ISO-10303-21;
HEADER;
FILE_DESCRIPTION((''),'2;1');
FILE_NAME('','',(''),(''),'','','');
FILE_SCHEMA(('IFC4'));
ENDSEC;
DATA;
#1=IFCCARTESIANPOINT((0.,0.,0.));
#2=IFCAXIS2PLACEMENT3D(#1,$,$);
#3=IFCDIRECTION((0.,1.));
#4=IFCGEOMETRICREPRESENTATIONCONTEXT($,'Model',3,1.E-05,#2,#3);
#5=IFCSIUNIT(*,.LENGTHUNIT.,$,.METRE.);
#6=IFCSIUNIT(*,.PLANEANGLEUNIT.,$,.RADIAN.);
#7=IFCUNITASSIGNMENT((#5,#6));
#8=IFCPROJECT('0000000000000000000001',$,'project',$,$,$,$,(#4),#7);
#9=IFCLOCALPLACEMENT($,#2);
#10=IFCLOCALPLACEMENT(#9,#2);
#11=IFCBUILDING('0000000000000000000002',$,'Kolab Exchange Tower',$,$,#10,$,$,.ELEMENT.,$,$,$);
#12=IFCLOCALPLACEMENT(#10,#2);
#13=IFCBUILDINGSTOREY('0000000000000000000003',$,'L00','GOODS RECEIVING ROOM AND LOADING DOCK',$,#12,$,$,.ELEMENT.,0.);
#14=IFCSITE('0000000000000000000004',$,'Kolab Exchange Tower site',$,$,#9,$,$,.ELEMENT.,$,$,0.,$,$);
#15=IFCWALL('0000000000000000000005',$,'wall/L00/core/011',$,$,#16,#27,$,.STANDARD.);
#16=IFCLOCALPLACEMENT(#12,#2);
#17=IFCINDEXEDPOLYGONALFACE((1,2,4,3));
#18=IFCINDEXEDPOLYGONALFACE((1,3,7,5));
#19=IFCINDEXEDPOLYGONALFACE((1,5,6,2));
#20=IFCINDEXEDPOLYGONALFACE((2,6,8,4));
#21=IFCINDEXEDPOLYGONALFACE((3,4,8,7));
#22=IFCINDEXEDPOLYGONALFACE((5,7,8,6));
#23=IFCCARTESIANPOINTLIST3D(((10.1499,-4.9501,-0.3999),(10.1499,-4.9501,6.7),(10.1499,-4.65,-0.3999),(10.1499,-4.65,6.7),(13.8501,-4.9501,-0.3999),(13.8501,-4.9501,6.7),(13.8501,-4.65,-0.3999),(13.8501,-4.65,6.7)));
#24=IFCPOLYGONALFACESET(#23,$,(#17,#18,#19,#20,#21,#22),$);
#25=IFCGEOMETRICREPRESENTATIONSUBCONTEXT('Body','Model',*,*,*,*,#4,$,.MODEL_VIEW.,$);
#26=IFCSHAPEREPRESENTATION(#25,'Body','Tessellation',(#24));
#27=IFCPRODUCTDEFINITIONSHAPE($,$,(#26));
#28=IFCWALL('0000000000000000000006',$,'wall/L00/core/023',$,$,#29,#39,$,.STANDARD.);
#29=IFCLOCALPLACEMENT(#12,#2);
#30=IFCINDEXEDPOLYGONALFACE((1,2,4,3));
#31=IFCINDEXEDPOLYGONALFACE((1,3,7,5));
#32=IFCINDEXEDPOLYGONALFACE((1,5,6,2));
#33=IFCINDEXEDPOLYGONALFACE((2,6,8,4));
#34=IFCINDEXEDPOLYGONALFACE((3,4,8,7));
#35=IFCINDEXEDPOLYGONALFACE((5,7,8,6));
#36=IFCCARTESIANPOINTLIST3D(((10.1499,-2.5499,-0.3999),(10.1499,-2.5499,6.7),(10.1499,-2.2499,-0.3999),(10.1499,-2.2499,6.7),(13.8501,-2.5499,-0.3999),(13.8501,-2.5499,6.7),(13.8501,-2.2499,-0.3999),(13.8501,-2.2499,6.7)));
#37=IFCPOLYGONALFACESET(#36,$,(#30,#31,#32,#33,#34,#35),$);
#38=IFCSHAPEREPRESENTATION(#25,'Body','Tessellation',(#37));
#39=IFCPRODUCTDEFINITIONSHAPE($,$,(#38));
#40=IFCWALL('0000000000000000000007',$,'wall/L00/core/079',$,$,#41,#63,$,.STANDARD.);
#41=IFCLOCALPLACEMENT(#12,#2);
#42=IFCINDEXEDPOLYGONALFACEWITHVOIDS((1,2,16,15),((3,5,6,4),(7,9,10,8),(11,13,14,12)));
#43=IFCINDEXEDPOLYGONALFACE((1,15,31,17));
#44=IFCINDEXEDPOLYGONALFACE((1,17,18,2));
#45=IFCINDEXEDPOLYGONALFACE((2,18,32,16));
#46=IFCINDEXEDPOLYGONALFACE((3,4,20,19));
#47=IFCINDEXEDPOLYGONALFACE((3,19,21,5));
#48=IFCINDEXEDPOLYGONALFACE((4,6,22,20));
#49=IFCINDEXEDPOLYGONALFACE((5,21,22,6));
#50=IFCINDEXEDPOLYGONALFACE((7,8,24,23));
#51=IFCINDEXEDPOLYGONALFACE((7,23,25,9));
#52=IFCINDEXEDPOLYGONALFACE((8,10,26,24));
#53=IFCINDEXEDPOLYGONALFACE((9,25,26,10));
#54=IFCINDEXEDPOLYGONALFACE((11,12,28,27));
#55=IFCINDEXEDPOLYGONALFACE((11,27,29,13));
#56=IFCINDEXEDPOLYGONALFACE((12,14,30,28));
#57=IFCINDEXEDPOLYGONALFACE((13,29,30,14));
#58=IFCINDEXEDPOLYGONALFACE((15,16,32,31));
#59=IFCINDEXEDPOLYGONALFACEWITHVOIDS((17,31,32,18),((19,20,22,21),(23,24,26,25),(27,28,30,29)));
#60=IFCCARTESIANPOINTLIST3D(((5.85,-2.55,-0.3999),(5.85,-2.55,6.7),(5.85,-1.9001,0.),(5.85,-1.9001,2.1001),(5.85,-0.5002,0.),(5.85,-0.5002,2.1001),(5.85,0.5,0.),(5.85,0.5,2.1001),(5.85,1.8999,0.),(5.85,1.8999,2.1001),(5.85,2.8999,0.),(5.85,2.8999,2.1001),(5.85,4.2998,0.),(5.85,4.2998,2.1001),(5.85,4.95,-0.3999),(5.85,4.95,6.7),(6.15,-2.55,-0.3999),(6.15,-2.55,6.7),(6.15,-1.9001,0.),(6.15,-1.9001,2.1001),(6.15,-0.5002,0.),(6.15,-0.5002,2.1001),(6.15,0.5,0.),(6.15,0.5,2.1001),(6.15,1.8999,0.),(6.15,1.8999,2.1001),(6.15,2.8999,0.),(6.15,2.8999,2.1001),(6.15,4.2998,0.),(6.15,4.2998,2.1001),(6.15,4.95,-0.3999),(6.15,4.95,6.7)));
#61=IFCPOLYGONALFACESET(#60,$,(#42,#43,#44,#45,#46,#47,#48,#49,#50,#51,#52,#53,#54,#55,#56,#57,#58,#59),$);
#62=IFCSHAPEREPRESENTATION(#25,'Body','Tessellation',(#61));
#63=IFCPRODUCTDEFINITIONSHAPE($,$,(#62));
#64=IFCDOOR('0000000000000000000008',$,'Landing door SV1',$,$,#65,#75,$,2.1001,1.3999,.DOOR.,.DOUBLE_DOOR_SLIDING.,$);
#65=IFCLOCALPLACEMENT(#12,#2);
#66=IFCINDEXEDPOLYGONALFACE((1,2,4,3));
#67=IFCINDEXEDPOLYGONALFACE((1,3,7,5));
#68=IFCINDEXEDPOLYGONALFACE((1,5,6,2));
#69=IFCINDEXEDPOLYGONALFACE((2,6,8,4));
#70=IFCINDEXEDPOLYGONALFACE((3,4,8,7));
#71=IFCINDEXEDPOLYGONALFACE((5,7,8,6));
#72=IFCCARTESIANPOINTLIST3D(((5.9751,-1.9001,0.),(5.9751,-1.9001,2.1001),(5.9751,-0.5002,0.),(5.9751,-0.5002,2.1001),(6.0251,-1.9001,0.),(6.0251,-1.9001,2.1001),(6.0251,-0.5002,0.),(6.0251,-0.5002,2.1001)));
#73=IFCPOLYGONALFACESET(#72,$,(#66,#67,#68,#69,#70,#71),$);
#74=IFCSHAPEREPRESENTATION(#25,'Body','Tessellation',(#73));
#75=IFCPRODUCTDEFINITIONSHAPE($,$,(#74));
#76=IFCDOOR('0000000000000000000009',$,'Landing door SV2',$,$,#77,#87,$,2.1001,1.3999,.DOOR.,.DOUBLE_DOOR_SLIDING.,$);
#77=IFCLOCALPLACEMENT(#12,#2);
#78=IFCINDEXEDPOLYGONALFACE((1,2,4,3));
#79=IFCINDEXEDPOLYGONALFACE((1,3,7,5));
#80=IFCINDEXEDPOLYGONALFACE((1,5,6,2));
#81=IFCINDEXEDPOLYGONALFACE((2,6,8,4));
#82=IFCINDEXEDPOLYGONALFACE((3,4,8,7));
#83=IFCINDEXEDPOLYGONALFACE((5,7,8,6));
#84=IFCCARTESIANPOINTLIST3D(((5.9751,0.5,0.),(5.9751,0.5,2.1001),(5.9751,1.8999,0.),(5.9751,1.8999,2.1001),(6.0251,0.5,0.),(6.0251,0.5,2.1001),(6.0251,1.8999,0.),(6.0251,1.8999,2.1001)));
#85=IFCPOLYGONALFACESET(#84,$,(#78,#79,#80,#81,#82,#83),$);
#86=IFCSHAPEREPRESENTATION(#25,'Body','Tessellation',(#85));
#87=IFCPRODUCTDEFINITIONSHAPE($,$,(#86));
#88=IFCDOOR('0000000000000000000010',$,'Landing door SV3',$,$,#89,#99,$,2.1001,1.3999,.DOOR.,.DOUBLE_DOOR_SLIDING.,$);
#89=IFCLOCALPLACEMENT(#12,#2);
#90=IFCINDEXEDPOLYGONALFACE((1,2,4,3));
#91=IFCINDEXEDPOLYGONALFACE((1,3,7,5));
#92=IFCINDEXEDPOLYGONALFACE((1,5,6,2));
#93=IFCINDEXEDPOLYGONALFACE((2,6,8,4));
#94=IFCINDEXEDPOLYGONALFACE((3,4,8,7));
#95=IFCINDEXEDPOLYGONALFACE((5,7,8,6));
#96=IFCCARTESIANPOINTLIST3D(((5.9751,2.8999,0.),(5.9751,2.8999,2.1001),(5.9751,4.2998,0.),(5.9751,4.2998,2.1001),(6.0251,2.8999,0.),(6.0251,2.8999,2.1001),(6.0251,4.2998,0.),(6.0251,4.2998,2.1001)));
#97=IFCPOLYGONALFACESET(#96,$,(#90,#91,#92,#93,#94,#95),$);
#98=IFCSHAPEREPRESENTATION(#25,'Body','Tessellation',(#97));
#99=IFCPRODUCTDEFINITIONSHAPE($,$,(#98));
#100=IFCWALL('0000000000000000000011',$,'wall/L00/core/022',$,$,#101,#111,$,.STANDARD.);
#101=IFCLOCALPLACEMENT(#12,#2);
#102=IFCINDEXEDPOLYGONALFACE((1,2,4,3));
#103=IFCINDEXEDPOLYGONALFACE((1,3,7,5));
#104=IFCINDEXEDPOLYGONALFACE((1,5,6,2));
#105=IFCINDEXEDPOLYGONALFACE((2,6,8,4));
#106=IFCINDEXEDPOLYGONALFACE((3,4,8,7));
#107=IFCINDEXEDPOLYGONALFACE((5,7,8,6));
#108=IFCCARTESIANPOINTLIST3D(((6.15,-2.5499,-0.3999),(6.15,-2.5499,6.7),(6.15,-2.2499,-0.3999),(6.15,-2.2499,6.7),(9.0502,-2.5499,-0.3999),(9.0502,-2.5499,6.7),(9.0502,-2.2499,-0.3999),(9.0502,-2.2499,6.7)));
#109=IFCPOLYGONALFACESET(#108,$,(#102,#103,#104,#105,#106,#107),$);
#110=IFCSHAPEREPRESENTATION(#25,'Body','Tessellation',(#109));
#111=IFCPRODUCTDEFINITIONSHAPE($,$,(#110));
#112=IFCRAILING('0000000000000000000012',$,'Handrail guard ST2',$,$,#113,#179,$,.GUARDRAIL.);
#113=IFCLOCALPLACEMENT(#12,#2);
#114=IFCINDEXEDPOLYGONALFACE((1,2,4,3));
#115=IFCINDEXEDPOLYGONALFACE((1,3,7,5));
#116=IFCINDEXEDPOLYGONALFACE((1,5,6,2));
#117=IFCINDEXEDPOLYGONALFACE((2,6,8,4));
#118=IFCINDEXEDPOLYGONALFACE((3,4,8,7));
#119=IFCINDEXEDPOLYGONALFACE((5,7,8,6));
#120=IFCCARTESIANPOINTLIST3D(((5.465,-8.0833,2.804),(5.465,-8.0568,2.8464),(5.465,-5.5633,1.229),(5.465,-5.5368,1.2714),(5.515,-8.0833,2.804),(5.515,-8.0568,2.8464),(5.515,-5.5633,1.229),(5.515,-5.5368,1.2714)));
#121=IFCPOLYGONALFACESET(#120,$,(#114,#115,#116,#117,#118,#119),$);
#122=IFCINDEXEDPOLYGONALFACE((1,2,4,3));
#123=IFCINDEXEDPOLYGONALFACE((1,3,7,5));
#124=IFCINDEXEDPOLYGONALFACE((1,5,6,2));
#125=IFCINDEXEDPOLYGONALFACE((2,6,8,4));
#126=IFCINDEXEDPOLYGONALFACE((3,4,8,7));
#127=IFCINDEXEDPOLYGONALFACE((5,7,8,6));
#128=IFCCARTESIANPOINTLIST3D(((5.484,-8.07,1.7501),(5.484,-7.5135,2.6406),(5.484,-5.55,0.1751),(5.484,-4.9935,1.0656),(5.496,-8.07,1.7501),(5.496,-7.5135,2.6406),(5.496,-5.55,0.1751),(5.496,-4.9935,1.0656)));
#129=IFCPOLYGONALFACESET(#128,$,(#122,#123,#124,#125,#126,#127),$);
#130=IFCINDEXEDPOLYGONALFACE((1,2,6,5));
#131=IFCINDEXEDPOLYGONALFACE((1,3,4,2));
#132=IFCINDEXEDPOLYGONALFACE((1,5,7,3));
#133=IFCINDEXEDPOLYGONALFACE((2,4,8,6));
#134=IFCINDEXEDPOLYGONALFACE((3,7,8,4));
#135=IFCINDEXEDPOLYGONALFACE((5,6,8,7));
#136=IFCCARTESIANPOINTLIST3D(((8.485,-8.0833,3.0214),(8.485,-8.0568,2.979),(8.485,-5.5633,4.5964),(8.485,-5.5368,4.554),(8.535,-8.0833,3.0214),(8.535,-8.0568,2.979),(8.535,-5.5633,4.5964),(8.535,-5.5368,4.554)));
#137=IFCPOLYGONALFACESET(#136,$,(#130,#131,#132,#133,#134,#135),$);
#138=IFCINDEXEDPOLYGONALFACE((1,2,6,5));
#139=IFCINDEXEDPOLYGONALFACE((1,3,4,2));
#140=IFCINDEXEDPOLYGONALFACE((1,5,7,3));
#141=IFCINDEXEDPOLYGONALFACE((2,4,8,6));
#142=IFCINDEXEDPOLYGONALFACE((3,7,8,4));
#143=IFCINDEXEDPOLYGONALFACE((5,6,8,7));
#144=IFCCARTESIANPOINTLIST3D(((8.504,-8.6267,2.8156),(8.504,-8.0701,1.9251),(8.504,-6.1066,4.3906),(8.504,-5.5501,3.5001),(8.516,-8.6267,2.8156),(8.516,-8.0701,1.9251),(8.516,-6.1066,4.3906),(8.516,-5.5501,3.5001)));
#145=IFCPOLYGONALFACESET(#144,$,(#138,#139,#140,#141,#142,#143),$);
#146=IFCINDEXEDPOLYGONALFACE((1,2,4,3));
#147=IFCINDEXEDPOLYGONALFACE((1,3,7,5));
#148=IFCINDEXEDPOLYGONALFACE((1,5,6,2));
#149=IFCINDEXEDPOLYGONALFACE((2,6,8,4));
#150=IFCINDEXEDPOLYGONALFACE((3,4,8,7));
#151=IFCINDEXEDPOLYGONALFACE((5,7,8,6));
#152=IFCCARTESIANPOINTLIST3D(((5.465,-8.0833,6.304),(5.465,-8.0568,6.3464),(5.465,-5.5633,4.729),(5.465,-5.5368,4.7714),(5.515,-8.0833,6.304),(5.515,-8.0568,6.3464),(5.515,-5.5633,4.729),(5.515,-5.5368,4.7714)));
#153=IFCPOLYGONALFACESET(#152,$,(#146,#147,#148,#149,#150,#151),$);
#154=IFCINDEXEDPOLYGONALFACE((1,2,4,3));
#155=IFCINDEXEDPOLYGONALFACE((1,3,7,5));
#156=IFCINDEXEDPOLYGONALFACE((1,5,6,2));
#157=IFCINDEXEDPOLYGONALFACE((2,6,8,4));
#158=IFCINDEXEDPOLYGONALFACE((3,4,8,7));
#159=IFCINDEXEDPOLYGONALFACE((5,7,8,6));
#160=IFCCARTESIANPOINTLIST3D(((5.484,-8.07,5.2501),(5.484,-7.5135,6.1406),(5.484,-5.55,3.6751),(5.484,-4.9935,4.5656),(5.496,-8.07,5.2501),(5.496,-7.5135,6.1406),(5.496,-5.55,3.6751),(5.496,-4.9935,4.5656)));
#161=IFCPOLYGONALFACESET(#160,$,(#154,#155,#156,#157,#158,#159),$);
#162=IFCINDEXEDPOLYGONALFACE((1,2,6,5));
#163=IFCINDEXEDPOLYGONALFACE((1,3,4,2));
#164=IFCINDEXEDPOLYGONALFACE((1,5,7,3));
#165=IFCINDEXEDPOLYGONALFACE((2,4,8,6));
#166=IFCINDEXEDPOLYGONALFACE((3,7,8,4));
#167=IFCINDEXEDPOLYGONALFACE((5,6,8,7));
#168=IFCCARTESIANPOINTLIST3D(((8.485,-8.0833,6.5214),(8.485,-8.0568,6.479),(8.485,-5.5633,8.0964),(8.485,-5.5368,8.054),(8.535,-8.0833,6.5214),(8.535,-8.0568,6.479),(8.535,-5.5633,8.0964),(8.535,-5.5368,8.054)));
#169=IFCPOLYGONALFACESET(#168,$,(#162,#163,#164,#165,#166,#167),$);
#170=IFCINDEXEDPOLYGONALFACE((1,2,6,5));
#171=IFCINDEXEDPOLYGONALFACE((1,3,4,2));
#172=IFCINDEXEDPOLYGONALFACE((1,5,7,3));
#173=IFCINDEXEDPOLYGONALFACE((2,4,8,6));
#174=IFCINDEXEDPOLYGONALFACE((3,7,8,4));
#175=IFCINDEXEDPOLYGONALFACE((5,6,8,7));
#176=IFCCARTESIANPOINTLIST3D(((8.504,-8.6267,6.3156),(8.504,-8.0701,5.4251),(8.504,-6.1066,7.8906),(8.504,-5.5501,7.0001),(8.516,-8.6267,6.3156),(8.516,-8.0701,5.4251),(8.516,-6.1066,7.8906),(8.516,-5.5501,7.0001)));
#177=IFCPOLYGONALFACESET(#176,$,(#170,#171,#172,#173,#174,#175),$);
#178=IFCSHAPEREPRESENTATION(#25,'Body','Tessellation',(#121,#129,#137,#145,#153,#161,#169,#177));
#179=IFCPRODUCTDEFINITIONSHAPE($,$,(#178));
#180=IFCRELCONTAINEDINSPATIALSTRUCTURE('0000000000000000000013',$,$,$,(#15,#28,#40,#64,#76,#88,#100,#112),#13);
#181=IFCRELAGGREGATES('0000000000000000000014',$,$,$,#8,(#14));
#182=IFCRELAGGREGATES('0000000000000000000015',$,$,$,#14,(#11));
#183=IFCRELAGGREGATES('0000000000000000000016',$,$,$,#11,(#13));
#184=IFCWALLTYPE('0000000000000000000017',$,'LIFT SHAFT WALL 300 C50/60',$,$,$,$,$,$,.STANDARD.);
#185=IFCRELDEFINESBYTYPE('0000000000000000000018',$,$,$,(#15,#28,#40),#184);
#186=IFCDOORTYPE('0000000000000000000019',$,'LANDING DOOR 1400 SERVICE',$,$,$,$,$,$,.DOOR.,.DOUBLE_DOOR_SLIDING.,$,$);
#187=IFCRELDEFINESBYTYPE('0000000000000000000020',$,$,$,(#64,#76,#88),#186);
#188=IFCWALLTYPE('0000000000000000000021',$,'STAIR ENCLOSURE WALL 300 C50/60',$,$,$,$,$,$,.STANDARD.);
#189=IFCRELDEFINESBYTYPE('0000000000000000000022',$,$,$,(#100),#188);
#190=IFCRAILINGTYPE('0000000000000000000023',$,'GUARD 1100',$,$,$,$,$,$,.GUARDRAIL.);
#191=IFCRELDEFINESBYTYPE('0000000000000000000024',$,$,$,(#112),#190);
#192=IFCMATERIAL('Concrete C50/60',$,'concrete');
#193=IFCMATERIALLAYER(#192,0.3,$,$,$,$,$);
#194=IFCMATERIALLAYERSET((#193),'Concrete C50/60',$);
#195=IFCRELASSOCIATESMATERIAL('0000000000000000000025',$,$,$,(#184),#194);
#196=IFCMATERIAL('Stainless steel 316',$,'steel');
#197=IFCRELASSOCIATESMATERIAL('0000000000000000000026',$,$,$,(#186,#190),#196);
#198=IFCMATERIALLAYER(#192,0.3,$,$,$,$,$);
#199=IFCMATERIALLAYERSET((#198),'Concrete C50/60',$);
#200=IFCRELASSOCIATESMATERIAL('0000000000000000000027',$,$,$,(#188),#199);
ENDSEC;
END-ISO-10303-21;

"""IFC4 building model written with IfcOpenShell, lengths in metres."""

from ifc_helpers import new_model, si_unit, direction, frame, frame_2d, origin, origin_2d, place, context, subcontext, project, spatial, rectangle, extrude, material, layer, layer_set, type_object, element, fill, save


model = new_model("IFC4")

# Units and contexts
model_context = context("Model", 3, precision=1e-05, world=origin(), true_north=direction((0.0, 1.0)))
body_context = subcontext(model_context, "Body", "Model", "MODEL_VIEW")
ifc_project = project(units=[si_unit("LENGTHUNIT", "METRE"), si_unit("PLANEANGLEUNIT", "RADIAN")], contexts=[model_context])

# Site, building, storey
site_placement = place(None, origin())
site = spatial("IfcSite", under=ifc_project, at=site_placement, Name="Kolab Exchange Tower site", CompositionType="ELEMENT", RefElevation=0.0)
building_placement = place(site_placement, origin())
building = spatial("IfcBuilding", under=site, at=building_placement, Name="Kolab Exchange Tower", CompositionType="ELEMENT")
storey_placement = place(building_placement, origin())
storey = spatial("IfcBuildingStorey", under=building, at=storey_placement, Name="L00", Description="GOODS RECEIVING ROOM AND LOADING DOCK", CompositionType="ELEMENT", Elevation=0.0)

# Walls
ifc_material_1 = material(Name="Concrete C50/60", Category="concrete")
ifc_layer_1 = layer(ifc_material_1, 0.3)
ifc_layer_set_1 = layer_set([ifc_layer_1], Name="Concrete C50/60")
wall_type_1 = type_object("IfcWallType", Name="LIFT SHAFT WALL 300 C50/60", PredefinedType="STANDARD", material=ifc_layer_set_1)
for number, where, z_axis, x_axis, name in (
    (1, (10.1499, -4.8, -0.3999), (0.0, 0.0, 1.0), (1.0, 0.0, 0.0), "wall/L00/core/011"),
    (2, (10.1499, -2.3999, -0.3999), (0.0, 0.0, 1.0), (1.0, 0.0, 0.0), "wall/L00/core/023"),
):
    element("IfcWall", number, at=place(storey_placement, frame(where, z_axis=z_axis, x_axis=x_axis)), inside=storey, type_object=wall_type_1, Name=name, PredefinedType="STANDARD", context=body_context, shape_type="SweptSolid", body=[
        extrude(rectangle(XDim=3.7002, YDim=0.3, at=frame_2d((1.8501, 0.0))), origin(), (0.0, 0.0, 1.0), 7.0999),
    ])

# Wall, openings, doors
wall_1_placement = place(storey_placement, frame((6.0, -2.55, -0.3999), z_axis=(0.0, 0.0, 1.0), x_axis=(0.0, 1.0, 0.0)))
wall_1 = element("IfcWall", 3, at=wall_1_placement, inside=storey, type_object=wall_type_1, Name="wall/L00/core/079", PredefinedType="STANDARD", context=body_context, shape_type="SweptSolid", body=[
    extrude(rectangle(XDim=7.5, YDim=0.3, at=frame_2d((3.75, 0.0))), origin(), (0.0, 0.0, 1.0), 7.0999),
])
opening_1_placement = place(wall_1_placement, frame((0.6499, 0.0, 0.3999)))
opening_1 = element("IfcOpeningElement", 4, at=opening_1_placement, cuts=wall_1, PredefinedType="OPENING", context=body_context, shape_type="SweptSolid", body=[
    extrude(rectangle(XDim=1.3999, YDim=2.1001, at=frame_2d((0.7, 1.05))), frame((0.0, 0.1602, 0.0), z_axis=(0.0, -1.0, 0.0), x_axis=(1.0, 0.0, 0.0)), (0.0, 0.0, 1.0), 0.3201),
])
opening_2_placement = place(wall_1_placement, frame((3.05, 0.0, 0.3999)))
opening_2 = element("IfcOpeningElement", 5, at=opening_2_placement, cuts=wall_1, PredefinedType="OPENING", context=body_context, shape_type="SweptSolid", body=[
    extrude(rectangle(XDim=1.3999, YDim=2.1001, at=frame_2d((0.7, 1.05))), frame((0.0, 0.1602, 0.0), z_axis=(0.0, -1.0, 0.0), x_axis=(1.0, 0.0, 0.0)), (0.0, 0.0, 1.0), 0.3201),
])
opening_3_placement = place(wall_1_placement, frame((5.45, 0.0, 0.3999)))
opening_3 = element("IfcOpeningElement", 6, at=opening_3_placement, cuts=wall_1, PredefinedType="OPENING", context=body_context, shape_type="SweptSolid", body=[
    extrude(rectangle(XDim=1.3999, YDim=2.1001, at=frame_2d((0.7, 1.05))), frame((0.0, 0.1602, 0.0), z_axis=(0.0, -1.0, 0.0), x_axis=(1.0, 0.0, 0.0)), (0.0, 0.0, 1.0), 0.3201),
])
ifc_material_2 = material(Name="Stainless steel 316", Category="steel")
door_type = type_object("IfcDoorType", Name="LANDING DOOR 1400 SERVICE", OperationType="DOUBLE_DOOR_SLIDING", PredefinedType="DOOR", material=ifc_material_2)
door_1_placement = place(opening_1_placement, origin())
door_1 = element("IfcDoor", 7, at=door_1_placement, inside=storey, type_object=door_type, Name="Landing door SV1", OperationType="DOUBLE_DOOR_SLIDING", OverallHeight=2.1001, OverallWidth=1.3999, PredefinedType="DOOR", context=body_context, shape_type="SweptSolid", body=[
    extrude(rectangle(XDim=1.3999, YDim=2.1001, at=frame_2d((0.7, 1.05))), frame((0.0, 0.0249, 0.0), z_axis=(0.0, -1.0, 0.0), x_axis=(1.0, 0.0, 0.0)), (0.0, 0.0, 1.0), 0.05),
])
fill(opening_1, door_1)
door_2_placement = place(opening_2_placement, origin())
door_2 = element("IfcDoor", 8, at=door_2_placement, inside=storey, type_object=door_type, Name="Landing door SV2", OperationType="DOUBLE_DOOR_SLIDING", OverallHeight=2.1001, OverallWidth=1.3999, PredefinedType="DOOR", context=body_context, shape_type="SweptSolid", body=[
    extrude(rectangle(XDim=1.3999, YDim=2.1001, at=frame_2d((0.7, 1.05))), frame((0.0, 0.0249, 0.0), z_axis=(0.0, -1.0, 0.0), x_axis=(1.0, 0.0, 0.0)), (0.0, 0.0, 1.0), 0.05),
])
fill(opening_2, door_2)
door_3_placement = place(opening_3_placement, origin())
door_3 = element("IfcDoor", 9, at=door_3_placement, inside=storey, type_object=door_type, Name="Landing door SV3", OperationType="DOUBLE_DOOR_SLIDING", OverallHeight=2.1001, OverallWidth=1.3999, PredefinedType="DOOR", context=body_context, shape_type="SweptSolid", body=[
    extrude(rectangle(XDim=1.3999, YDim=2.1001, at=frame_2d((0.7, 1.05))), frame((0.0, 0.0249, 0.0), z_axis=(0.0, -1.0, 0.0), x_axis=(1.0, 0.0, 0.0)), (0.0, 0.0, 1.0), 0.05),
])
fill(opening_3, door_3)

# Wall
ifc_layer_2 = layer(ifc_material_1, 0.3)
ifc_layer_set_2 = layer_set([ifc_layer_2], Name="Concrete C50/60")
wall_type_2 = type_object("IfcWallType", Name="STAIR ENCLOSURE WALL 300 C50/60", PredefinedType="STANDARD", material=ifc_layer_set_2)
wall_2_placement = place(storey_placement, frame((6.1499, -2.3999, -0.3999), z_axis=(0.0, 0.0, 1.0), x_axis=(1.0, 0.0, 0.0)))
element("IfcWall", 10, at=wall_2_placement, inside=storey, type_object=wall_type_2, Name="wall/L00/core/022", PredefinedType="STANDARD", context=body_context, shape_type="SweptSolid", body=[
    extrude(rectangle(XDim=2.9001, YDim=0.3, at=frame_2d((1.4502, 0.0))), origin(), (0.0, 0.0, 1.0), 7.0999),
])

# Railing
railing_type = type_object("IfcRailingType", Name="GUARD 1100", PredefinedType="GUARDRAIL", material=ifc_material_2)
railing_placement = place(storey_placement, frame((5.49, -5.55, 0.175)))
element("IfcRailing", 11, at=railing_placement, inside=storey, type_object=railing_type, Name="Handrail guard ST2", PredefinedType="GUARDRAIL", context=body_context, shape_type="SweptSolid", body=[
    extrude(rectangle(XDim=0.05, YDim=0.05, at=origin_2d()), frame((0.0, 0.0, 1.0752), z_axis=(0.0, -0.848008, 0.529984), x_axis=(1.0, 0.0, 0.0)), (0.0, 0.0, 1.0), 2.9717),
    extrude(rectangle(XDim=0.012, YDim=1.0501, at=frame_2d((0.0, 0.5251))), frame((0.0, 0.0, 0.0), z_axis=(0.0, -0.848008, 0.529984), x_axis=(1.0, 0.0, 0.0)), (0.0, 0.0, 1.0), 2.9717),
    extrude(rectangle(XDim=0.05, YDim=0.05, at=origin_2d()), frame((3.02, -2.52, 2.8252), z_axis=(0.0, 0.848008, 0.529984), x_axis=(-1.0, 0.0, 0.0)), (0.0, 0.0, 1.0), 2.9717),
    extrude(rectangle(XDim=0.012, YDim=1.0501, at=frame_2d((0.0, 0.5251))), frame((3.02, -2.52, 1.75), z_axis=(0.0, 0.848008, 0.529984), x_axis=(-1.0, 0.0, 0.0)), (0.0, 0.0, 1.0), 2.9717),
    extrude(rectangle(XDim=0.05, YDim=0.05, at=origin_2d()), frame((0.0, 0.0, 4.5752), z_axis=(0.0, -0.848008, 0.529984), x_axis=(1.0, 0.0, 0.0)), (0.0, 0.0, 1.0), 2.9717),
    extrude(rectangle(XDim=0.012, YDim=1.0501, at=frame_2d((0.0, 0.5251))), frame((0.0, 0.0, 3.5), z_axis=(0.0, -0.848008, 0.529984), x_axis=(1.0, 0.0, 0.0)), (0.0, 0.0, 1.0), 2.9717),
    extrude(rectangle(XDim=0.05, YDim=0.05, at=origin_2d()), frame((3.02, -2.52, 6.3252), z_axis=(0.0, 0.848008, 0.529984), x_axis=(-1.0, 0.0, 0.0)), (0.0, 0.0, 1.0), 2.9717),
    extrude(rectangle(XDim=0.012, YDim=1.0501, at=frame_2d((0.0, 0.5251))), frame((3.02, -2.52, 5.25), z_axis=(0.0, 0.848008, 0.529984), x_axis=(-1.0, 0.0, 0.0)), (0.0, 0.0, 1.0), 2.9717),
])

save(model, "model.ifc")
